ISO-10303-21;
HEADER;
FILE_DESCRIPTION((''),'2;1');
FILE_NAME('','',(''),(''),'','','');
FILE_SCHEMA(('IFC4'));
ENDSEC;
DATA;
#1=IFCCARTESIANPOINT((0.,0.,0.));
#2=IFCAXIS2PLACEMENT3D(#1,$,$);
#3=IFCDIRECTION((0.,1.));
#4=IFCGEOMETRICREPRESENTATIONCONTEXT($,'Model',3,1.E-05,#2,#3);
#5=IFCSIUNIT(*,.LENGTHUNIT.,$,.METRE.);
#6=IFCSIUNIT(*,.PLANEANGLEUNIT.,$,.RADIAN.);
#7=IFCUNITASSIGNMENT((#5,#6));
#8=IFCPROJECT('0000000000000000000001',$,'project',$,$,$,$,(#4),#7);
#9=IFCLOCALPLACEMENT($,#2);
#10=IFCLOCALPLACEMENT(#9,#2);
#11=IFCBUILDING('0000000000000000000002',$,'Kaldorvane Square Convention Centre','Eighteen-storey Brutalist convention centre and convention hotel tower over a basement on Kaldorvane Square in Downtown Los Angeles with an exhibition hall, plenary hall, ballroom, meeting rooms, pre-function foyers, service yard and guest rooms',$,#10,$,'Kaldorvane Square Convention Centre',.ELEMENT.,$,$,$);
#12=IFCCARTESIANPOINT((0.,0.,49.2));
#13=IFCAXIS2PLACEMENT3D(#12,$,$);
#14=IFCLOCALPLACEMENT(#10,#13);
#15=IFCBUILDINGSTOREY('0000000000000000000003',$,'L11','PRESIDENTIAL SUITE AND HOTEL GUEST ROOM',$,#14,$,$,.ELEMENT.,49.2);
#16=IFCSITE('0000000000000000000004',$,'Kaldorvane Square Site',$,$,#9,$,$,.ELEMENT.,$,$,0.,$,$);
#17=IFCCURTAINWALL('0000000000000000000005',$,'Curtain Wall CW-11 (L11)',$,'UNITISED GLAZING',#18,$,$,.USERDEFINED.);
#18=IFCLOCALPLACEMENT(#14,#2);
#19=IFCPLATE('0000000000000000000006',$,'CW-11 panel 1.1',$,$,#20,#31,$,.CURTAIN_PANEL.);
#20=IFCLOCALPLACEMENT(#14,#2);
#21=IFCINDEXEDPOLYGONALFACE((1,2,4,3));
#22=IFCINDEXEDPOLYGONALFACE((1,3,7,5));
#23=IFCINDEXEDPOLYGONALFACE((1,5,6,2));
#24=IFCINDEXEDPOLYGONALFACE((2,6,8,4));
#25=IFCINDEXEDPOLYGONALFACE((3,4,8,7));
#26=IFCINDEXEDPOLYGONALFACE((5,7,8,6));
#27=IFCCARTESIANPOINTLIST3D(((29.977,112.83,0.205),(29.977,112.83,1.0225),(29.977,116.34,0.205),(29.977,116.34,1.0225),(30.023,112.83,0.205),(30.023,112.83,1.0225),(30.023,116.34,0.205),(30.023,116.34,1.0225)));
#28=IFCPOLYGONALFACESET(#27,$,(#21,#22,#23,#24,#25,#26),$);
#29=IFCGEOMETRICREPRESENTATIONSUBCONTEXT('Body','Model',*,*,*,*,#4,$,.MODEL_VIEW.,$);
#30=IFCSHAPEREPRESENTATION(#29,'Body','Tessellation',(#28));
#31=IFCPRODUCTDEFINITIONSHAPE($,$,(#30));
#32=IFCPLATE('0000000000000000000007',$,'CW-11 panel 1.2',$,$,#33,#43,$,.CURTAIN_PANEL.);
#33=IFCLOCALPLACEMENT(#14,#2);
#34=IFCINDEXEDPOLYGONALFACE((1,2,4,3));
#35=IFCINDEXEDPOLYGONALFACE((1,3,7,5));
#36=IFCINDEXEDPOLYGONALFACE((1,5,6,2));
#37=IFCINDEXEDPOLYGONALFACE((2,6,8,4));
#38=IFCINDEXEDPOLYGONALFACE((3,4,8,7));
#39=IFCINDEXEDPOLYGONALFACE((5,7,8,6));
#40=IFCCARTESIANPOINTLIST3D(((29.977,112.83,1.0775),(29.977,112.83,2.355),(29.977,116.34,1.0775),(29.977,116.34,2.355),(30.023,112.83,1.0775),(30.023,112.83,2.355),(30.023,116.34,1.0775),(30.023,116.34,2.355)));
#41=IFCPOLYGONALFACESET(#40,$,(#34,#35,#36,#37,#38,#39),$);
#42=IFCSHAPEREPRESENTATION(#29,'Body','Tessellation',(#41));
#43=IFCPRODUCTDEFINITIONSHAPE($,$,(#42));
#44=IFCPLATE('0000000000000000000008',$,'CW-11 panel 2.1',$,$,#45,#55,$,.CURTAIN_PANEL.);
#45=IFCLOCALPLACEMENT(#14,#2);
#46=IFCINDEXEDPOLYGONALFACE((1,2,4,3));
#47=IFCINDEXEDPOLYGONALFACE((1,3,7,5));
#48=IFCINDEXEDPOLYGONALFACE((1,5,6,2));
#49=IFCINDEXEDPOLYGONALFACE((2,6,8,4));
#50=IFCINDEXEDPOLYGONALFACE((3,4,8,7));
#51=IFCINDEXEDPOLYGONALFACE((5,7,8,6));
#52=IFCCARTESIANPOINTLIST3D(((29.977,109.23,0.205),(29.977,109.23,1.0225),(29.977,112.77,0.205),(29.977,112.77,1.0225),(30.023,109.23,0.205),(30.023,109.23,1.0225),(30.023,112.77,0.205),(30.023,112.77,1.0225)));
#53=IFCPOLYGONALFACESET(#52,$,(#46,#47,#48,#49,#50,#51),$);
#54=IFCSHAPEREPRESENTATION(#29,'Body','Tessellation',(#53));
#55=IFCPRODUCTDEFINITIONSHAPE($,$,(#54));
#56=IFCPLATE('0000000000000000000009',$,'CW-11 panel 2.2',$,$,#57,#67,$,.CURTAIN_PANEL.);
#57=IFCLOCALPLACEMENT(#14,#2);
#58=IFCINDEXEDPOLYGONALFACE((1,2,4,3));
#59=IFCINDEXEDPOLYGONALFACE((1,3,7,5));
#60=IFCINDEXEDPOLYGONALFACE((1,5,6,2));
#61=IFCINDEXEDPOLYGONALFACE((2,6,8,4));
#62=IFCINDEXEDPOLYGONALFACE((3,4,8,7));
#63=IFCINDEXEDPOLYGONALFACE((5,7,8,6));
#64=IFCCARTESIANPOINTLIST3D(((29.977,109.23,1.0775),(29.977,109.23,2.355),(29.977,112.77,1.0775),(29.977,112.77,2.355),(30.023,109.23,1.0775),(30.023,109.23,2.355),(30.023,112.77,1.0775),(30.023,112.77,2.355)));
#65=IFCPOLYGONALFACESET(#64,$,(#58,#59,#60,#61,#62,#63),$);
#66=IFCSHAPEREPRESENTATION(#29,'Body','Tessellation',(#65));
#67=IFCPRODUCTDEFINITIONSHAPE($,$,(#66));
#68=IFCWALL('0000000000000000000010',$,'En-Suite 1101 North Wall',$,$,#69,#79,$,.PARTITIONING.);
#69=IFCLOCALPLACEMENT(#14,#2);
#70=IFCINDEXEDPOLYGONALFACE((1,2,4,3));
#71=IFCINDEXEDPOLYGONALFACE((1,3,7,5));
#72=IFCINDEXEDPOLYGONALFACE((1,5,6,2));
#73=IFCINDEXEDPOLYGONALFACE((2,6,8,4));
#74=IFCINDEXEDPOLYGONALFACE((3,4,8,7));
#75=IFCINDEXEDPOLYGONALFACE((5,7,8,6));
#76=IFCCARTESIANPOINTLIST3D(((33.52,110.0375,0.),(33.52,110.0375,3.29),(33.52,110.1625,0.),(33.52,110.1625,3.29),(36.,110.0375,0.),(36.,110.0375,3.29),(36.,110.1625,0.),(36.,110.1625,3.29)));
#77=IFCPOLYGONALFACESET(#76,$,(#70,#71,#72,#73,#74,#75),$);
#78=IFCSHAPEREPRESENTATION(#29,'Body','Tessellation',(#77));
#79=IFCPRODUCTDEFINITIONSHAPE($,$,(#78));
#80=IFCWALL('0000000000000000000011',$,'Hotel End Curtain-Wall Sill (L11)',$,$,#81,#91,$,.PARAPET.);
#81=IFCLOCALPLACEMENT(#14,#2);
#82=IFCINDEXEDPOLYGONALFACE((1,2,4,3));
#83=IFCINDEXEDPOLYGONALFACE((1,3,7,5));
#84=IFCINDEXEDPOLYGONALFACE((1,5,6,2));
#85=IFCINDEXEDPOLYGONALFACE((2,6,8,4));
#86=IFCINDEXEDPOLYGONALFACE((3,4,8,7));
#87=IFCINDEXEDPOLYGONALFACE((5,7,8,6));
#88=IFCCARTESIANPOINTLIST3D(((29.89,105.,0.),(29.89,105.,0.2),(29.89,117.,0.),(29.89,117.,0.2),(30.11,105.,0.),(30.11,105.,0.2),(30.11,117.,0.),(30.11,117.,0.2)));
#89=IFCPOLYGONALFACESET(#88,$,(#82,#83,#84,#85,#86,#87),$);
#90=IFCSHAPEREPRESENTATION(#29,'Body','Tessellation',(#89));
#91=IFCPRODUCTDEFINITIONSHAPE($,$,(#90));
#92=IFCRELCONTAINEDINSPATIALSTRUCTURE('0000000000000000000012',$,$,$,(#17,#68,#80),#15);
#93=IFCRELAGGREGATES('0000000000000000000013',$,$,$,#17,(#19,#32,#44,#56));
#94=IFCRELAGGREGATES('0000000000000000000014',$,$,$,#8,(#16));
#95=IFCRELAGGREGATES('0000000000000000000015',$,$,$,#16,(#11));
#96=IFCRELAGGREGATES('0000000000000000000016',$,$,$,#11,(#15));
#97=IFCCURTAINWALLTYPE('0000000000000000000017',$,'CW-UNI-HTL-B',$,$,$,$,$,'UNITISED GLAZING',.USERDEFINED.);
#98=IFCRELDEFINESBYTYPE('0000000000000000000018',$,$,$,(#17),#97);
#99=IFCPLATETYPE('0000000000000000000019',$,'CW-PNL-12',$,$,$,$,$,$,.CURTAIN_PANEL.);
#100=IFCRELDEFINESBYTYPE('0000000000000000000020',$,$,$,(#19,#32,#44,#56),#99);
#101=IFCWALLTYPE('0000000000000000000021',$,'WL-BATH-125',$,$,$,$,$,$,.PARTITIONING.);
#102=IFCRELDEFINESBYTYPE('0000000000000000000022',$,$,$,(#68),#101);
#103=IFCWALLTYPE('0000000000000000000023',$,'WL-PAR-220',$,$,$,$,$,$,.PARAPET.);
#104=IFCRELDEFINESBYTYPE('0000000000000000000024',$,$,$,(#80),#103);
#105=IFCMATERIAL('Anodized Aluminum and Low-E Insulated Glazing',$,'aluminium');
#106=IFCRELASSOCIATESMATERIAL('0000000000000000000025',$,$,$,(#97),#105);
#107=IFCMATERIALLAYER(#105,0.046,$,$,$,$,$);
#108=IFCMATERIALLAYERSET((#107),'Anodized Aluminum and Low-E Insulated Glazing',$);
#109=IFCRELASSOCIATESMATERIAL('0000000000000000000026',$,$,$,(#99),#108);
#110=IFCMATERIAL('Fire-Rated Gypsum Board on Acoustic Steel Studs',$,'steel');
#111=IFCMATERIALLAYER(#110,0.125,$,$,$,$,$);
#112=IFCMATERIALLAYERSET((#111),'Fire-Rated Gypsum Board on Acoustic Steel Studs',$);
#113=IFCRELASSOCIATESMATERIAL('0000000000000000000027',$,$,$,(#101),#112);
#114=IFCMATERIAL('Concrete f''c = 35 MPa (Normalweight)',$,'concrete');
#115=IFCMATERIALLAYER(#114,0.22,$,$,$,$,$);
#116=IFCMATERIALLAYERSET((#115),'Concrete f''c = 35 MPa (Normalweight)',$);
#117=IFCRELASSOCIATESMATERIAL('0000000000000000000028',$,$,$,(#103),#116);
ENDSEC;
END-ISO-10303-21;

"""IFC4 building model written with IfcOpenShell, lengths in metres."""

from ifc_helpers import new_model, si_unit, direction, frame, frame_2d, origin, origin_2d, place, context, subcontext, project, spatial, rectangle, extrude, material, layer, layer_set, type_object, element, aggregate, save


model = new_model("IFC4")

# Units and contexts
model_context = context("Model", 3, precision=1e-05, world=origin(), true_north=direction((0.0, 1.0)))
body_context = subcontext(model_context, "Body", "Model", "MODEL_VIEW")
ifc_project = project(units=[si_unit("LENGTHUNIT", "METRE"), si_unit("PLANEANGLEUNIT", "RADIAN")], contexts=[model_context])

# Site, building, storey
site_placement = place(None, origin())
site = spatial("IfcSite", under=ifc_project, at=site_placement, Name="Kaldorvane Square Site", CompositionType="ELEMENT", RefElevation=0.0)
building_placement = place(site_placement, origin())
building = spatial("IfcBuilding", under=site, at=building_placement, Name="Kaldorvane Square Convention Centre", Description="Eighteen-storey Brutalist convention centre and convention hotel tower over a basement on Kaldorvane Square in Downtown Los Angeles with an exhibition hall, plenary hall, ballroom, meeting rooms, pre-function foyers, service yard and guest rooms", LongName="Kaldorvane Square Convention Centre", CompositionType="ELEMENT")
storey_placement = place(building_placement, frame((0.0, 0.0, 49.2)))
storey = spatial("IfcBuildingStorey", under=building, at=storey_placement, Name="L11", Description="PRESIDENTIAL SUITE AND HOTEL GUEST ROOM", CompositionType="ELEMENT", Elevation=49.2)

# Curtain wall, plates
ifc_material_1 = material(Name="Anodized Aluminum and Low-E Insulated Glazing", Category="aluminium")
curtain_wall_type = type_object("IfcCurtainWallType", Name="CW-UNI-HTL-B", ElementType="UNITISED GLAZING", PredefinedType="USERDEFINED", material=ifc_material_1)
curtain_wall_placement = place(storey_placement, origin())
curtain_wall = element("IfcCurtainWall", 1, at=curtain_wall_placement, inside=storey, type_object=curtain_wall_type, Name="Curtain Wall CW-11 (L11)", ObjectType="UNITISED GLAZING", PredefinedType="USERDEFINED")
ifc_layer_1 = layer(ifc_material_1, 0.046)
ifc_layer_set_1 = layer_set([ifc_layer_1], Name="Anodized Aluminum and Low-E Insulated Glazing")
plate_type = type_object("IfcPlateType", Name="CW-PNL-12", PredefinedType="CURTAIN_PANEL", material=ifc_layer_set_1)
plate_1_placement = place(storey_placement, frame((30.0, 114.585, 0.205), z_axis=(0.0, 0.0, 1.0), x_axis=(0.0, -1.0, 0.0)))
plate_1 = element("IfcPlate", 2, at=plate_1_placement, type_object=plate_type, Name="CW-11 panel 1.1", PredefinedType="CURTAIN_PANEL", context=body_context, shape_type="SweptSolid", body=[
    extrude(rectangle(XDim=3.51, YDim=0.046, at=origin_2d()), origin(), (0.0, 0.0, 1.0), 0.8175),
])
plate_2_placement = place(storey_placement, frame((30.0, 114.585, 1.0775), z_axis=(0.0, 0.0, 1.0), x_axis=(0.0, -1.0, 0.0)))
plate_2 = element("IfcPlate", 3, at=plate_2_placement, type_object=plate_type, Name="CW-11 panel 1.2", PredefinedType="CURTAIN_PANEL", context=body_context, shape_type="SweptSolid", body=[
    extrude(rectangle(XDim=3.51, YDim=0.046, at=origin_2d()), origin(), (0.0, 0.0, 1.0), 1.2775),
])
plate_3_placement = place(storey_placement, frame((30.0, 111.0, 0.205), z_axis=(0.0, 0.0, 1.0), x_axis=(0.0, -1.0, 0.0)))
plate_3 = element("IfcPlate", 4, at=plate_3_placement, type_object=plate_type, Name="CW-11 panel 2.1", PredefinedType="CURTAIN_PANEL", context=body_context, shape_type="SweptSolid", body=[
    extrude(rectangle(XDim=3.54, YDim=0.046, at=origin_2d()), origin(), (0.0, 0.0, 1.0), 0.8175),
])
plate_4_placement = place(storey_placement, frame((30.0, 111.0, 1.0775), z_axis=(0.0, 0.0, 1.0), x_axis=(0.0, -1.0, 0.0)))
plate_4 = element("IfcPlate", 5, at=plate_4_placement, type_object=plate_type, Name="CW-11 panel 2.2", PredefinedType="CURTAIN_PANEL", context=body_context, shape_type="SweptSolid", body=[
    extrude(rectangle(XDim=3.54, YDim=0.046, at=origin_2d()), origin(), (0.0, 0.0, 1.0), 1.2775),
])
aggregate(curtain_wall, [plate_1, plate_2, plate_3, plate_4])

# Walls
ifc_material_2 = material(Name="Fire-Rated Gypsum Board on Acoustic Steel Studs", Category="steel")
ifc_layer_2 = layer(ifc_material_2, 0.125)
ifc_layer_set_2 = layer_set([ifc_layer_2], Name="Fire-Rated Gypsum Board on Acoustic Steel Studs")
wall_type_1 = type_object("IfcWallType", Name="WL-BATH-125", PredefinedType="PARTITIONING", material=ifc_layer_set_2)
wall_1_placement = place(storey_placement, frame((33.52, 110.1, 0.0), z_axis=(0.0, 0.0, 1.0), x_axis=(1.0, 0.0, 0.0)))
element("IfcWall", 6, at=wall_1_placement, inside=storey, type_object=wall_type_1, Name="En-Suite 1101 North Wall", PredefinedType="PARTITIONING", context=body_context, shape_type="SweptSolid", body=[
    extrude(rectangle(XDim=2.48, YDim=0.125, at=frame_2d((1.24, 0.0))), origin(), (0.0, 0.0, 1.0), 3.29),
])
ifc_material_3 = material(Name="Concrete f'c = 35 MPa (Normalweight)", Category="concrete")
ifc_layer_3 = layer(ifc_material_3, 0.22)
ifc_layer_set_3 = layer_set([ifc_layer_3], Name="Concrete f'c = 35 MPa (Normalweight)")
wall_type_2 = type_object("IfcWallType", Name="WL-PAR-220", PredefinedType="PARAPET", material=ifc_layer_set_3)
wall_2_placement = place(storey_placement, frame((30.0, 117.0, 0.0), z_axis=(0.0, 0.0, 1.0), x_axis=(0.0, -1.0, 0.0)))
element("IfcWall", 7, at=wall_2_placement, inside=storey, type_object=wall_type_2, Name="Hotel End Curtain-Wall Sill (L11)", PredefinedType="PARAPET", context=body_context, shape_type="SweptSolid", body=[
    extrude(rectangle(XDim=12.0, YDim=0.22, at=frame_2d((6.0, 0.0))), origin(), (0.0, 0.0, 1.0), 0.2),
])

save(model, "model.ifc")
